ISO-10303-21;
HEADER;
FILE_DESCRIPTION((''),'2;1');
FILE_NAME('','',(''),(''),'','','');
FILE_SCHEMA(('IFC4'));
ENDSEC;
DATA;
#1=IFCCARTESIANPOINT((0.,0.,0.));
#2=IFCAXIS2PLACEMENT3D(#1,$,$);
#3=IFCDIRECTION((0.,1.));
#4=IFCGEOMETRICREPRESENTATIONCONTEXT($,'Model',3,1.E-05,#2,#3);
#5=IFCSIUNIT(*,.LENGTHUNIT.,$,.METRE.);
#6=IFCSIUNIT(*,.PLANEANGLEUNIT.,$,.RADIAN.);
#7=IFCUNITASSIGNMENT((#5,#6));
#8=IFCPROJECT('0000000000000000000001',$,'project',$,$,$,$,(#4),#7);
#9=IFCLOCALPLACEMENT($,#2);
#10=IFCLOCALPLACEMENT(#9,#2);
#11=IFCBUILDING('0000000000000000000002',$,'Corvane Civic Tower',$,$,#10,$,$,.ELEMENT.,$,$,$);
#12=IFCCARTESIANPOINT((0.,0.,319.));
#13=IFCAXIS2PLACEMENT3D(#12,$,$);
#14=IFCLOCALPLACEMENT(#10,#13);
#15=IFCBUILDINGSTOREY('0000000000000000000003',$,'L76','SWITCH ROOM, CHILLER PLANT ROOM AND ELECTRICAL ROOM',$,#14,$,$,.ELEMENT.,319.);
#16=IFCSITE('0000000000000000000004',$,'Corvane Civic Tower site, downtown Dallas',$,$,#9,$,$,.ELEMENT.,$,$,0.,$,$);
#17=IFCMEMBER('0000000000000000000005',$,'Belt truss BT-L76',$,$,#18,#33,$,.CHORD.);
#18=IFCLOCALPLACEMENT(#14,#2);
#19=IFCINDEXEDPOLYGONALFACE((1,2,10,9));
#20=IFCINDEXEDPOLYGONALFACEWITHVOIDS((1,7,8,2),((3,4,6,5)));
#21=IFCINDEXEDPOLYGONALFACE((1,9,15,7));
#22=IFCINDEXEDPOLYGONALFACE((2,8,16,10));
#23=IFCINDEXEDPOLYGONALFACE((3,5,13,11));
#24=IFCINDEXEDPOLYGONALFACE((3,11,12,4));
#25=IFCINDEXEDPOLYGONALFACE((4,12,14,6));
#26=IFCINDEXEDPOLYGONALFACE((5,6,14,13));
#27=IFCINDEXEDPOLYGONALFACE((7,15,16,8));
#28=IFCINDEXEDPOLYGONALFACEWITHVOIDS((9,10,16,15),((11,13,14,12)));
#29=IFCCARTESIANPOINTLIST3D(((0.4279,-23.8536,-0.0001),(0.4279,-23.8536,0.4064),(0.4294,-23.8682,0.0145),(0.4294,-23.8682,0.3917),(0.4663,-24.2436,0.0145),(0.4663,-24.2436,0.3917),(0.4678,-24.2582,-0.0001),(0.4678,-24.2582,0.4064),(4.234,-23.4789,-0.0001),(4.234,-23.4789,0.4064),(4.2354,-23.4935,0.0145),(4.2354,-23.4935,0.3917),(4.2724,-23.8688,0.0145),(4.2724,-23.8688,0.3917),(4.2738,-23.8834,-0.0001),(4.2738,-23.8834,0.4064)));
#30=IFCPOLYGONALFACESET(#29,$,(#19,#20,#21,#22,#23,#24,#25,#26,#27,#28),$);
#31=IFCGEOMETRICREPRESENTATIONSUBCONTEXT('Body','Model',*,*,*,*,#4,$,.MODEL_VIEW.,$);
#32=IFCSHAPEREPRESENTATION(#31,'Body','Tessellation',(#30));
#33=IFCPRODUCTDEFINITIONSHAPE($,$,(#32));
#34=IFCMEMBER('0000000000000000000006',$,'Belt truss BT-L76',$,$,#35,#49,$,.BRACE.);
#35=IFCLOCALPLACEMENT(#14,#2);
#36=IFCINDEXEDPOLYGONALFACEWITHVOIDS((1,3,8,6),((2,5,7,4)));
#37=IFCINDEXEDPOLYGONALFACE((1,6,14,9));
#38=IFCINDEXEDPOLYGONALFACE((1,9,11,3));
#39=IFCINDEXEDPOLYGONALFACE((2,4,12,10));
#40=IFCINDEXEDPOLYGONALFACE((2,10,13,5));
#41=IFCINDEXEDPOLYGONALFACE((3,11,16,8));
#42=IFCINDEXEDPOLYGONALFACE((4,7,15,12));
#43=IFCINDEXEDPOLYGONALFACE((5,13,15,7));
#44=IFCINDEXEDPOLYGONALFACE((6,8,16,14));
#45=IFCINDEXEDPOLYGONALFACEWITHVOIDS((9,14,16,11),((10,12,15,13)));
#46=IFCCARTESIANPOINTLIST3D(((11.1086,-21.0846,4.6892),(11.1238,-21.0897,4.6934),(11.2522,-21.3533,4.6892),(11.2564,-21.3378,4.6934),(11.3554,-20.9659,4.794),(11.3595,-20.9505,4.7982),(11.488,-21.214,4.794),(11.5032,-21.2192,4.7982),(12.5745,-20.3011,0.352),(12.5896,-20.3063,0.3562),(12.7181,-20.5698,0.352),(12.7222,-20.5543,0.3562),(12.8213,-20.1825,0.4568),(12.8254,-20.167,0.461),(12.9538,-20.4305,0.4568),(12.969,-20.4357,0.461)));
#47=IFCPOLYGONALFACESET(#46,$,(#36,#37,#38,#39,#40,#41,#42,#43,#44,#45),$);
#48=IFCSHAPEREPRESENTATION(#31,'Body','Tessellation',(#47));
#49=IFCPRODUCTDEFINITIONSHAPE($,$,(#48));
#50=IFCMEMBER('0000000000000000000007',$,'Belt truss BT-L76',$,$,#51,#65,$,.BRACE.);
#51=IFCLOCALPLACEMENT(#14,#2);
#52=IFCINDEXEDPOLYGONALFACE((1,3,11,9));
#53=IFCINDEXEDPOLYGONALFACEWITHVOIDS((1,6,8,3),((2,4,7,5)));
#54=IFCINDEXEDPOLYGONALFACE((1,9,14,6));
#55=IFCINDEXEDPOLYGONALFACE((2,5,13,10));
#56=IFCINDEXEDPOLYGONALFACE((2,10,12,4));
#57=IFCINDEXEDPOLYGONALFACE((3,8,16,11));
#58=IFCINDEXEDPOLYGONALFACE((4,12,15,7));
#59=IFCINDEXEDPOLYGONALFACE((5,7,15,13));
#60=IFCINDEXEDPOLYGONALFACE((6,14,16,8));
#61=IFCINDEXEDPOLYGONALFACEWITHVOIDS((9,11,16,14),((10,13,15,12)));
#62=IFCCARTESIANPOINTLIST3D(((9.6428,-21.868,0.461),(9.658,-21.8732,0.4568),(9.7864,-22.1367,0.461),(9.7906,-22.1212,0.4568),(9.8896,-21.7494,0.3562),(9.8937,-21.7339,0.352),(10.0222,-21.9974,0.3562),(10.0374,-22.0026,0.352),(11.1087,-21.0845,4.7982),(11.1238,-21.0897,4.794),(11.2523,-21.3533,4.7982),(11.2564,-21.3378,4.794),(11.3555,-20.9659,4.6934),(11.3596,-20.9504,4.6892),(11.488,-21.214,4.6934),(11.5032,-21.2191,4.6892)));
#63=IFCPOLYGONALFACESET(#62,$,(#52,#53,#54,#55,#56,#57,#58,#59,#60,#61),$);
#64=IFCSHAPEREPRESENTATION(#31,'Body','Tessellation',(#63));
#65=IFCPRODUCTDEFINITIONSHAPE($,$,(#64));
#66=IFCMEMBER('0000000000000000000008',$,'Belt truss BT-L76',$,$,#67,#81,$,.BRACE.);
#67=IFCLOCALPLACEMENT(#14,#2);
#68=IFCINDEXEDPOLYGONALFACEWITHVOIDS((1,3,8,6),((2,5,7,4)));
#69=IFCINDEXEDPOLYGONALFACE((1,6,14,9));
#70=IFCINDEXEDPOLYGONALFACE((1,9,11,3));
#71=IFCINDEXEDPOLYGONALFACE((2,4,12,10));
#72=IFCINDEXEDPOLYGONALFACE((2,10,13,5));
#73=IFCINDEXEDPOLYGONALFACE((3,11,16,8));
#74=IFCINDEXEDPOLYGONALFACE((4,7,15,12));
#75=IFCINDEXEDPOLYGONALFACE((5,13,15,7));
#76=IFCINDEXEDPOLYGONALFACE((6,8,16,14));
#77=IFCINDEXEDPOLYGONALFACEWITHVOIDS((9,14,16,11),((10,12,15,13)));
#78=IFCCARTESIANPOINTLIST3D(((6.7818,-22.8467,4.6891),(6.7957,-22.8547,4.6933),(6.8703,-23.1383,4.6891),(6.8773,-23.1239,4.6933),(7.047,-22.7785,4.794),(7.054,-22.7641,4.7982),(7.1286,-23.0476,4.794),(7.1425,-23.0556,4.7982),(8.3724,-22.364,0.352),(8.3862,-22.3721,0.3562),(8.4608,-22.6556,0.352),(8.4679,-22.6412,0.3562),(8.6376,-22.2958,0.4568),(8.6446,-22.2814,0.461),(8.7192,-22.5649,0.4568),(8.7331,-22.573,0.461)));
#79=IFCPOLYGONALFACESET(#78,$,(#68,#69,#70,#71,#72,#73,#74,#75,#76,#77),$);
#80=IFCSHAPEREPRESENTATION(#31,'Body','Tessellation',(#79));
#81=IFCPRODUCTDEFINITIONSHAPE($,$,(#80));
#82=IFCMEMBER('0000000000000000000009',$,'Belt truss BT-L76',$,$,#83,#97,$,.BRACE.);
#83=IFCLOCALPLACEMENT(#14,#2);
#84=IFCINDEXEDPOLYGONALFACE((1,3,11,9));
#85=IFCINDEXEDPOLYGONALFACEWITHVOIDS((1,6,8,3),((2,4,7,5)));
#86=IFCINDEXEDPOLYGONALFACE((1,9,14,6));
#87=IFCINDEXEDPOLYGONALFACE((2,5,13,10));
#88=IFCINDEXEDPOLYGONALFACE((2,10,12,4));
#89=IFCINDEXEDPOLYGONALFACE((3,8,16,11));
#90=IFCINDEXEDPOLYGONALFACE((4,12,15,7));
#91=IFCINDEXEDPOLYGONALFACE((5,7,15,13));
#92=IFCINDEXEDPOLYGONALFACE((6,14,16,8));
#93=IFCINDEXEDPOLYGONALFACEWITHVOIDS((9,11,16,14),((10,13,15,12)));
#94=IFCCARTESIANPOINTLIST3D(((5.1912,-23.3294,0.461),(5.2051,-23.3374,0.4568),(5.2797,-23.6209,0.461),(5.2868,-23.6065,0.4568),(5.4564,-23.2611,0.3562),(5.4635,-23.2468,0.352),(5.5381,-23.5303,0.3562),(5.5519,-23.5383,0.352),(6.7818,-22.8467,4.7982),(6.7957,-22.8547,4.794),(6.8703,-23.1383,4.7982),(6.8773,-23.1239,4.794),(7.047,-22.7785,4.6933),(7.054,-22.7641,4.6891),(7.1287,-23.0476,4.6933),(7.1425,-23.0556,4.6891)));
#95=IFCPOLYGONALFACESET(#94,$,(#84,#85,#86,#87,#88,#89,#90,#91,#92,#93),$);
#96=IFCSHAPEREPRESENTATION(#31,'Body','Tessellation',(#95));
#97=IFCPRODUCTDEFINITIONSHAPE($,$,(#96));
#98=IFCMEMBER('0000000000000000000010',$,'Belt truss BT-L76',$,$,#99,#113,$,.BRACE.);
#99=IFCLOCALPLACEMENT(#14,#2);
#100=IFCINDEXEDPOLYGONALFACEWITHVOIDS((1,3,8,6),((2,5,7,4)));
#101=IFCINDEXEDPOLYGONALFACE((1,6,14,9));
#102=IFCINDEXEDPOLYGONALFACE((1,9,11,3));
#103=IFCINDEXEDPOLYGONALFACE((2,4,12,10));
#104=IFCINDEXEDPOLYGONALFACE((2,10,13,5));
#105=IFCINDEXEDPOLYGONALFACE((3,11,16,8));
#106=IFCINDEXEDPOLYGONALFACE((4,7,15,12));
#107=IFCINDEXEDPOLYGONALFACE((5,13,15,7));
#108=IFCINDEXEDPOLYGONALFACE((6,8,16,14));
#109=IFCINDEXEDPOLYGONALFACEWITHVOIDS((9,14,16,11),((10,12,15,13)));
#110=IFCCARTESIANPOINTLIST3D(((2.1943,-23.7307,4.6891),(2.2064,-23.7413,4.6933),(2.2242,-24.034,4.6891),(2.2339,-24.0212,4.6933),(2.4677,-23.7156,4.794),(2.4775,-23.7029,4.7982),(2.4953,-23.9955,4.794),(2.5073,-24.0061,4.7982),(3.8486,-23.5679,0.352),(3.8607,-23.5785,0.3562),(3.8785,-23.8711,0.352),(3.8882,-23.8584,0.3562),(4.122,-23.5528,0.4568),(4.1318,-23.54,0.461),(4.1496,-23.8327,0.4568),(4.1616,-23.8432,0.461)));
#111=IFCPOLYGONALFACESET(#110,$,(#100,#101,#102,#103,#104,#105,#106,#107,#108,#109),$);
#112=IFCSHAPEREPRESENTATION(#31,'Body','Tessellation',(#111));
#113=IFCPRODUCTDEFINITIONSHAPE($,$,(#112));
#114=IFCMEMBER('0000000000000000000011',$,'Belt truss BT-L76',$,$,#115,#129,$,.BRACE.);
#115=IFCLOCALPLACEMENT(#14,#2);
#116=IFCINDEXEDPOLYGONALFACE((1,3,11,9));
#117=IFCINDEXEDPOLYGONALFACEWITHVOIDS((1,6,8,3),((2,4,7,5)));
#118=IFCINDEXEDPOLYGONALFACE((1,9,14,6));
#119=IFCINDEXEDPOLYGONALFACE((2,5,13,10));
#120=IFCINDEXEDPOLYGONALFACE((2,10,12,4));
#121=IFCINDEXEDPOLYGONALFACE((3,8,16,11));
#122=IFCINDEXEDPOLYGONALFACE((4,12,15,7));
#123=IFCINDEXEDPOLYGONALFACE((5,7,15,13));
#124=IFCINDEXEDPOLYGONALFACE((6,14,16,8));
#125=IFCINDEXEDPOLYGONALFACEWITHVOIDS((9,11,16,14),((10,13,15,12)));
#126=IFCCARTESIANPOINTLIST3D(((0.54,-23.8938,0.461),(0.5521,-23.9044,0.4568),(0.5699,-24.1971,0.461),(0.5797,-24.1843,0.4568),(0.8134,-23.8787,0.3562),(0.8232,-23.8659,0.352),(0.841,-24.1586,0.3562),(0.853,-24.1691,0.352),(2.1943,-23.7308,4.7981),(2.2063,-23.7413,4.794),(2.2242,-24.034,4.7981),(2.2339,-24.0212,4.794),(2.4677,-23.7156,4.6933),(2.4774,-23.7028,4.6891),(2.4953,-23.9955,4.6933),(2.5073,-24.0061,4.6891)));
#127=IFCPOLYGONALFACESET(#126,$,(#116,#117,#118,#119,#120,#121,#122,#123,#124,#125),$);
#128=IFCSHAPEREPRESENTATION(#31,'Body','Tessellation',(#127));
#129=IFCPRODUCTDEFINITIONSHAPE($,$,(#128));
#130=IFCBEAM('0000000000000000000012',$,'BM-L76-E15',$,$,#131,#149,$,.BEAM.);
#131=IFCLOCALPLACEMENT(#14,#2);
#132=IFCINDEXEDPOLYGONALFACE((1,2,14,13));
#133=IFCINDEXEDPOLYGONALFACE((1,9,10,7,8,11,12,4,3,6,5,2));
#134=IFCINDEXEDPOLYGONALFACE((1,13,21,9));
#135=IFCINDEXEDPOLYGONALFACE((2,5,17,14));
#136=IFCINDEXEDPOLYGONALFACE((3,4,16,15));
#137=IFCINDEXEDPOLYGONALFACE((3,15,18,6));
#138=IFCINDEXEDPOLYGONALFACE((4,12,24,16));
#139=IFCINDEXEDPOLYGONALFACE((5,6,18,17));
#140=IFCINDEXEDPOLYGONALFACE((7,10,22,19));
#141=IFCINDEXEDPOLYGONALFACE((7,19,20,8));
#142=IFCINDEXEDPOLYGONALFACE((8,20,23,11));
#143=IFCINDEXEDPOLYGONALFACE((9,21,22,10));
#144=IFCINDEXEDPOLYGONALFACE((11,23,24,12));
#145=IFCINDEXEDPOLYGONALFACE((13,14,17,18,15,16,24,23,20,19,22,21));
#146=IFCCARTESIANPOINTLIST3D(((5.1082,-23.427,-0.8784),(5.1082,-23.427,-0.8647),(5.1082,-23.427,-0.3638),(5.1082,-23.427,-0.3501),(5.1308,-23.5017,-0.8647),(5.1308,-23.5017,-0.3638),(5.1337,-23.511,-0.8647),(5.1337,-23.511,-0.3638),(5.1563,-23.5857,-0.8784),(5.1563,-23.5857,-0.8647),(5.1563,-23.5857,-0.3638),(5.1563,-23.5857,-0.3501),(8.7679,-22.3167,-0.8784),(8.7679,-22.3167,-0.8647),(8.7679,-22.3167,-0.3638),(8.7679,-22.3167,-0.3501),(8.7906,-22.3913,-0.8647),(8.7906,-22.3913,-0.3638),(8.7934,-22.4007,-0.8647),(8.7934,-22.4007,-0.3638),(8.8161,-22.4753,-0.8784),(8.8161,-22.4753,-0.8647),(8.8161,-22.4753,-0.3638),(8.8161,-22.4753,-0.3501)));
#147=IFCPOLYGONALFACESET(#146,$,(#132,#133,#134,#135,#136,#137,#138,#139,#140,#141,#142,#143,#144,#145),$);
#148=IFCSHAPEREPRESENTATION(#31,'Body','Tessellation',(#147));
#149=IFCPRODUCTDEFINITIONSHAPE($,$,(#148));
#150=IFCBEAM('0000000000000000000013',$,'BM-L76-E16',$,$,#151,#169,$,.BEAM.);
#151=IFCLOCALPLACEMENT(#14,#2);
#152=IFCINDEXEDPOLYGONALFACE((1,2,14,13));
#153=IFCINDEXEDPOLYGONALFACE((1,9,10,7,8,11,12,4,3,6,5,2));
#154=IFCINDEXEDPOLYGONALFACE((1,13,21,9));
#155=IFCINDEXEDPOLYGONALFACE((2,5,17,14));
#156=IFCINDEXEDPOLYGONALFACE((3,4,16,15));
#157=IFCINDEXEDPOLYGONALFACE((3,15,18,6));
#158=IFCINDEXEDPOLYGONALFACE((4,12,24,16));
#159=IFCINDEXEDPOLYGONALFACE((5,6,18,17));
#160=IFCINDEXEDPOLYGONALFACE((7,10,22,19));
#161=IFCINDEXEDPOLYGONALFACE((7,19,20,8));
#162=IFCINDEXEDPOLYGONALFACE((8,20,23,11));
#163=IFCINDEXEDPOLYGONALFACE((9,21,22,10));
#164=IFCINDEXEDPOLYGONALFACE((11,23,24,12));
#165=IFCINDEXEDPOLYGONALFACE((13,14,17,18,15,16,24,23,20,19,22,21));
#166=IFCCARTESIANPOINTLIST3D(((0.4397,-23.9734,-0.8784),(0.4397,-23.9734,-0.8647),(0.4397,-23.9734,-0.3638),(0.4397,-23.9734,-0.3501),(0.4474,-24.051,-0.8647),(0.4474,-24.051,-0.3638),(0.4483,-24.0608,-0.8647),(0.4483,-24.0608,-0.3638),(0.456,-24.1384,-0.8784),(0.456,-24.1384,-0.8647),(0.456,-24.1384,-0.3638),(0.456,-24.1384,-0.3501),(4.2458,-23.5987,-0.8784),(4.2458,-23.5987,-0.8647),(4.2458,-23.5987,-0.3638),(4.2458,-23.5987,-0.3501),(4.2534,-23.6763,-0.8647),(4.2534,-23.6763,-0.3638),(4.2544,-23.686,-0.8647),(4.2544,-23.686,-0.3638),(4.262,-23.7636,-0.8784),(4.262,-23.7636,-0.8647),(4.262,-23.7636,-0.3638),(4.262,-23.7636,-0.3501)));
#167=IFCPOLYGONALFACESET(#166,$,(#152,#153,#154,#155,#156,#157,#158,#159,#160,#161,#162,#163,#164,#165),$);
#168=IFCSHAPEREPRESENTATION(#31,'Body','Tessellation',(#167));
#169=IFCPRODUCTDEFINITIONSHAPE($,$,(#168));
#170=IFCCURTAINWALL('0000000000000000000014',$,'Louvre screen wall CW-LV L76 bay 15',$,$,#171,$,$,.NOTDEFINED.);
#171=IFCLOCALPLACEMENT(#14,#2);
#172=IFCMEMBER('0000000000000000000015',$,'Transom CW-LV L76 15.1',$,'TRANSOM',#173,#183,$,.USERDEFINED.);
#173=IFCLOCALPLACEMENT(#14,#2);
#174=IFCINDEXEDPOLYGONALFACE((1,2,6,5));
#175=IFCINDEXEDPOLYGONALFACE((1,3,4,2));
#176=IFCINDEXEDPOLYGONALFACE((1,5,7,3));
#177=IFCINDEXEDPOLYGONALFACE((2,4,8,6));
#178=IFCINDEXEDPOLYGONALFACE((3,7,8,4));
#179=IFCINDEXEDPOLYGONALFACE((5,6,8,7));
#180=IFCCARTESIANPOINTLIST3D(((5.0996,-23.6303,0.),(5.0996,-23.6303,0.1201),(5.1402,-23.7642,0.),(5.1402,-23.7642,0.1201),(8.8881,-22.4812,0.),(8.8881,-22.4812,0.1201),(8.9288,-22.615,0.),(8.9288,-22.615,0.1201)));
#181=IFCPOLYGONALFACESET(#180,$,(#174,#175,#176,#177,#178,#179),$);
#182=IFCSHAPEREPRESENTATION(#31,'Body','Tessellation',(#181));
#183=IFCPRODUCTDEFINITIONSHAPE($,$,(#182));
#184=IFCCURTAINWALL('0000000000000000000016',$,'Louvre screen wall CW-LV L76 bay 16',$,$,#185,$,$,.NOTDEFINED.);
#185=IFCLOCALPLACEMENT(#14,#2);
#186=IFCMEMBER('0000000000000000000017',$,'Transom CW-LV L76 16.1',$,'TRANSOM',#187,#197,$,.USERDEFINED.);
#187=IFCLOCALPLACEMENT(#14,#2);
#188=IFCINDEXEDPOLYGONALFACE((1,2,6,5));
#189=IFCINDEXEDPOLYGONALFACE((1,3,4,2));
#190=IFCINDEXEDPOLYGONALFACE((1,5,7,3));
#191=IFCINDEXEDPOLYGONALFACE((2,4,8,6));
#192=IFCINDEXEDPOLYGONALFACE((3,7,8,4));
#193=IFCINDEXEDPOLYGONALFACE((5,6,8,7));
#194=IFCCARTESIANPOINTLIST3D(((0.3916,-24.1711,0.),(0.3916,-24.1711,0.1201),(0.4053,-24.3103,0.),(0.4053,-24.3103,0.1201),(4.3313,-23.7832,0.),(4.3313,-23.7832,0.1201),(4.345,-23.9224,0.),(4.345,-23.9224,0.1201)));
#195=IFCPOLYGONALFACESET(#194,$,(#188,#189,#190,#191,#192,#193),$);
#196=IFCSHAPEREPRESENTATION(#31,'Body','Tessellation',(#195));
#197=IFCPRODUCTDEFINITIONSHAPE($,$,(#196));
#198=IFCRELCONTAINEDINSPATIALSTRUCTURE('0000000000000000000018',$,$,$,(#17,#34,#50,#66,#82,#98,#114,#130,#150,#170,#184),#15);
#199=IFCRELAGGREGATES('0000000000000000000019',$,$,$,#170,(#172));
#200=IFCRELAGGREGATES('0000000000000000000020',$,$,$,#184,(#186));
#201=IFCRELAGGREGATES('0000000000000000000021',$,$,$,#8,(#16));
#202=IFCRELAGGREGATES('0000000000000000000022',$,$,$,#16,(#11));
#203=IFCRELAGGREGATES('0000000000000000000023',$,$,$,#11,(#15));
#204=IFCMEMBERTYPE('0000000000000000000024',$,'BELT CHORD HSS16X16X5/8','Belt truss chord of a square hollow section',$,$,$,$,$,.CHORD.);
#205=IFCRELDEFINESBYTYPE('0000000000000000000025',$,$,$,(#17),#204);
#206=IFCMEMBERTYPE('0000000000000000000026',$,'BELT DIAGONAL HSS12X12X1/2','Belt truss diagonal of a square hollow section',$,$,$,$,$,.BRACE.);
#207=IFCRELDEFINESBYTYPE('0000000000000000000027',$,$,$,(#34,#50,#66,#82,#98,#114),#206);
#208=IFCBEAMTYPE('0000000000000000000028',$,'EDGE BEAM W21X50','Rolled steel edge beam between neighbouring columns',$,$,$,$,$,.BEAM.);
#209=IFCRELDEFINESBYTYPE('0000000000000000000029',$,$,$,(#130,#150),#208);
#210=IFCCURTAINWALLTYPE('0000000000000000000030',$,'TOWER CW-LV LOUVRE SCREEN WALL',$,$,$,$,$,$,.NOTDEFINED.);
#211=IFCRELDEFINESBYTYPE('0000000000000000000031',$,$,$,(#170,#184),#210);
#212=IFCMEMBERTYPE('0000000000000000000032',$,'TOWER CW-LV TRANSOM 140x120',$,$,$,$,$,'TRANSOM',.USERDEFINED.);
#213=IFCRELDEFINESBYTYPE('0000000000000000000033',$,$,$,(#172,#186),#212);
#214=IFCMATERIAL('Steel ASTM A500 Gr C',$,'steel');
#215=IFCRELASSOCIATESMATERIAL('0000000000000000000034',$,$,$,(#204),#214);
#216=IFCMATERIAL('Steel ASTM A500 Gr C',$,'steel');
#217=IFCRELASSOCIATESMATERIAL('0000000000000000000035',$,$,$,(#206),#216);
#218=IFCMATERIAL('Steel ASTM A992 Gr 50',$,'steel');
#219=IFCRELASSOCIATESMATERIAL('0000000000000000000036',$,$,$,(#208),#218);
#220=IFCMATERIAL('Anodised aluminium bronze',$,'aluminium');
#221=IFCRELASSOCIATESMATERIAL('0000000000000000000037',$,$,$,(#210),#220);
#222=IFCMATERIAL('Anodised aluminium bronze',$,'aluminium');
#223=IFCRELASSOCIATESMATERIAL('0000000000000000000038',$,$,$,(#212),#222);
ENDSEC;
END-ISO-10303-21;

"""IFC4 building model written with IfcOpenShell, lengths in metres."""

from ifc_helpers import new_model, si_unit, direction, frame, origin, origin_2d, place, context, subcontext, project, spatial, rectangle, hollow_rectangle, i_section, extrude, material, material_profile, profile_set, type_object, element, aggregate, save


model = new_model("IFC4")

# Units and contexts
model_context = context("Model", 3, precision=1e-05, world=origin(), true_north=direction((0.0, 1.0)))
body_context = subcontext(model_context, "Body", "Model", "MODEL_VIEW")
ifc_project = project(units=[si_unit("LENGTHUNIT", "METRE"), si_unit("PLANEANGLEUNIT", "RADIAN")], contexts=[model_context])

# Site, building, storey
site_placement = place(None, origin())
site = spatial("IfcSite", under=ifc_project, at=site_placement, Name="Corvane Civic Tower site, downtown Dallas", CompositionType="ELEMENT", RefElevation=0.0)
building_placement = place(site_placement, origin())
building = spatial("IfcBuilding", under=site, at=building_placement, Name="Corvane Civic Tower", CompositionType="ELEMENT")
storey_placement = place(building_placement, frame((0.0, 0.0, 319.0)))
storey = spatial("IfcBuildingStorey", under=building, at=storey_placement, Name="L76", Description="SWITCH ROOM, CHILLER PLANT ROOM AND ELECTRICAL ROOM", CompositionType="ELEMENT", Elevation=319.0)

# Members
ifc_material_1 = material(Name="Steel ASTM A500 Gr C", Category="steel")
ifc_material_profile_1 = material_profile(ifc_material_1, hollow_rectangle(XDim=0.4065, YDim=0.4065, WallThickness=0.0146, at=origin_2d()), Name="HSS16X16X5/8")
ifc_profile_set_1 = profile_set([ifc_material_profile_1], Name="Steel ASTM A500 Gr C")
member_type_1 = type_object("IfcMemberType", Name="BELT CHORD HSS16X16X5/8", Description="Belt truss chord of a square hollow section", PredefinedType="CHORD", material=ifc_profile_set_1)
for number, where, z_axis, x_axis, name in (
    (1, (4.2539, -23.6812, 0.2031), (-0.995188, -0.097987, 0.0), (0.097987, -0.995188, 0.0), "Belt truss BT-L76"),
):
    element("IfcMember", number, at=place(storey_placement, frame(where, z_axis=z_axis, x_axis=x_axis)), inside=storey, type_object=member_type_1, Name=name, PredefinedType="CHORD", context=body_context, shape_type="SweptSolid", body=[
        extrude(hollow_rectangle(XDim=0.4065, YDim=0.4065, WallThickness=0.0146, at=origin_2d()), origin(), (0.0, 0.0, 1.0), 3.8245),
    ])
ifc_material_2 = material(Name="Steel ASTM A500 Gr C", Category="steel")
ifc_material_profile_2 = material_profile(ifc_material_2, hollow_rectangle(XDim=0.3047, YDim=0.3047, WallThickness=0.0117, at=origin_2d()), Name="HSS12X12X1/2")
ifc_profile_set_2 = profile_set([ifc_material_profile_2], Name="Steel ASTM A500 Gr C")
member_type_2 = type_object("IfcMemberType", Name="BELT DIAGONAL HSS12X12X1/2", Description="Belt truss diagonal of a square hollow section", PredefinedType="BRACE", material=ifc_profile_set_2)
for number, where, z_axis, x_axis, name in (
    (2, (12.7717, -20.3684, 0.4065), (-0.315589, -0.168675, 0.933784), (0.471373, -0.881934, 0.0), "Belt truss BT-L76"),
    (3, (9.8401, -21.9353, 0.4065), (0.315589, 0.168675, 0.933784), (-0.471373, 0.881934, 0.0), "Belt truss BT-L76"),
    (4, (8.5527, -22.4685, 0.4065), (-0.342445, -0.103916, 0.933773), (0.290378, -0.956912, 0.0), "Belt truss BT-L76"),
    (5, (5.3716, -23.4338, 0.4065), (0.342445, 0.103916, 0.933773), (-0.290378, 0.956912, 0.0), "Belt truss BT-L76"),
    (6, (4.0051, -23.7056, 0.4065), (-0.356161, -0.035059, 0.933767), (0.097962, -0.99519, 0.0), "Belt truss BT-L76"),
    (7, (0.6965, -24.0315, 0.4065), (0.35616, 0.035111, 0.933765), (-0.098108, 0.995176, 0.0), "Belt truss BT-L76"),
):
    element("IfcMember", number, at=place(storey_placement, frame(where, z_axis=z_axis, x_axis=x_axis)), inside=storey, type_object=member_type_2, Name=name, PredefinedType="BRACE", context=body_context, shape_type="SweptSolid", body=[
        extrude(hollow_rectangle(XDim=0.3047, YDim=0.3047, WallThickness=0.0117, at=origin_2d()), origin(), (0.0, 0.0, 1.0), 4.6448),
    ])

# Beams
ifc_material_3 = material(Name="Steel ASTM A992 Gr 50", Category="steel")
ifc_material_profile_3 = material_profile(ifc_material_3, i_section(OverallWidth=0.1658, OverallDepth=0.5283, WebThickness=0.0098, FlangeThickness=0.0137, at=origin_2d()), Name="W21X50")
ifc_profile_set_3 = profile_set([ifc_material_profile_3], Name="Steel ASTM A992 Gr 50")
beam_type = type_object("IfcBeamType", Name="EDGE BEAM W21X50", Description="Rolled steel edge beam between neighbouring columns", PredefinedType="BEAM", material=ifc_profile_set_3)
for number, where, z_axis, x_axis, name in (
    (8, (8.792, -22.396, -0.6143), (-0.956926, -0.290333, 0.0), (0.290333, -0.956926, 0.0), "BM-L76-E15"),
    (9, (4.2539, -23.6812, -0.6143), (-0.995188, -0.097987, 0.0), (0.097987, -0.995188, 0.0), "BM-L76-E16"),
):
    element("IfcBeam", number, at=place(storey_placement, frame(where, z_axis=z_axis, x_axis=x_axis)), inside=storey, type_object=beam_type, Name=name, PredefinedType="BEAM", context=body_context, shape_type="SweptSolid", body=[
        extrude(i_section(OverallWidth=0.1658, OverallDepth=0.5283, WebThickness=0.0098, FlangeThickness=0.0137, at=origin_2d()), origin(), (0.0, 0.0, 1.0), 3.8245),
    ])

# Curtain walls, members
ifc_material_4 = material(Name="Anodised aluminium bronze", Category="aluminium")
curtain_wall_type = type_object("IfcCurtainWallType", Name="TOWER CW-LV LOUVRE SCREEN WALL", PredefinedType="NOTDEFINED", material=ifc_material_4)
curtain_wall_1_placement = place(storey_placement, origin())
curtain_wall_1 = element("IfcCurtainWall", 10, at=curtain_wall_1_placement, inside=storey, type_object=curtain_wall_type, Name="Louvre screen wall CW-LV L76 bay 15", PredefinedType="NOTDEFINED")
ifc_material_5 = material(Name="Anodised aluminium bronze", Category="aluminium")
ifc_material_profile_4 = material_profile(ifc_material_5, rectangle(XDim=0.1399, YDim=0.1201, at=origin_2d()), Name="TOWER CW-LV TRANSOM 140x120")
ifc_profile_set_4 = profile_set([ifc_material_profile_4], Name="Anodised aluminium bronze")
member_type_3 = type_object("IfcMemberType", Name="TOWER CW-LV TRANSOM 140x120", ElementType="TRANSOM", PredefinedType="USERDEFINED", material=ifc_profile_set_4)
member_1_placement = place(storey_placement, frame((8.9084, -22.5481, 0.0601), z_axis=(-0.956946, -0.290266, 0.0), x_axis=(0.290266, -0.956946, 0.0)))
member_1 = element("IfcMember", 11, at=member_1_placement, type_object=member_type_3, Name="Transom CW-LV L76 15.1", ObjectType="TRANSOM", PredefinedType="USERDEFINED", context=body_context, shape_type="SweptSolid", body=[
    extrude(rectangle(XDim=0.1399, YDim=0.1201, at=origin_2d()), origin(), (0.0, 0.0, 1.0), 3.959),
])
curtain_wall_2_placement = place(storey_placement, origin())
curtain_wall_2 = element("IfcCurtainWall", 12, at=curtain_wall_2_placement, inside=storey, type_object=curtain_wall_type, Name="Louvre screen wall CW-LV L76 bay 16", PredefinedType="NOTDEFINED")
member_2_placement = place(storey_placement, frame((4.3381, -23.8528, 0.0601), z_axis=(-0.995187, -0.097995, 0.0), x_axis=(0.097995, -0.995187, 0.0)))
member_2 = element("IfcMember", 13, at=member_2_placement, type_object=member_type_3, Name="Transom CW-LV L76 16.1", ObjectType="TRANSOM", PredefinedType="USERDEFINED", context=body_context, shape_type="SweptSolid", body=[
    extrude(rectangle(XDim=0.1399, YDim=0.1201, at=origin_2d()), origin(), (0.0, 0.0, 1.0), 3.9587),
])

aggregate(curtain_wall_1, [member_1])
aggregate(curtain_wall_2, [member_2])

save(model, "model.ifc")
